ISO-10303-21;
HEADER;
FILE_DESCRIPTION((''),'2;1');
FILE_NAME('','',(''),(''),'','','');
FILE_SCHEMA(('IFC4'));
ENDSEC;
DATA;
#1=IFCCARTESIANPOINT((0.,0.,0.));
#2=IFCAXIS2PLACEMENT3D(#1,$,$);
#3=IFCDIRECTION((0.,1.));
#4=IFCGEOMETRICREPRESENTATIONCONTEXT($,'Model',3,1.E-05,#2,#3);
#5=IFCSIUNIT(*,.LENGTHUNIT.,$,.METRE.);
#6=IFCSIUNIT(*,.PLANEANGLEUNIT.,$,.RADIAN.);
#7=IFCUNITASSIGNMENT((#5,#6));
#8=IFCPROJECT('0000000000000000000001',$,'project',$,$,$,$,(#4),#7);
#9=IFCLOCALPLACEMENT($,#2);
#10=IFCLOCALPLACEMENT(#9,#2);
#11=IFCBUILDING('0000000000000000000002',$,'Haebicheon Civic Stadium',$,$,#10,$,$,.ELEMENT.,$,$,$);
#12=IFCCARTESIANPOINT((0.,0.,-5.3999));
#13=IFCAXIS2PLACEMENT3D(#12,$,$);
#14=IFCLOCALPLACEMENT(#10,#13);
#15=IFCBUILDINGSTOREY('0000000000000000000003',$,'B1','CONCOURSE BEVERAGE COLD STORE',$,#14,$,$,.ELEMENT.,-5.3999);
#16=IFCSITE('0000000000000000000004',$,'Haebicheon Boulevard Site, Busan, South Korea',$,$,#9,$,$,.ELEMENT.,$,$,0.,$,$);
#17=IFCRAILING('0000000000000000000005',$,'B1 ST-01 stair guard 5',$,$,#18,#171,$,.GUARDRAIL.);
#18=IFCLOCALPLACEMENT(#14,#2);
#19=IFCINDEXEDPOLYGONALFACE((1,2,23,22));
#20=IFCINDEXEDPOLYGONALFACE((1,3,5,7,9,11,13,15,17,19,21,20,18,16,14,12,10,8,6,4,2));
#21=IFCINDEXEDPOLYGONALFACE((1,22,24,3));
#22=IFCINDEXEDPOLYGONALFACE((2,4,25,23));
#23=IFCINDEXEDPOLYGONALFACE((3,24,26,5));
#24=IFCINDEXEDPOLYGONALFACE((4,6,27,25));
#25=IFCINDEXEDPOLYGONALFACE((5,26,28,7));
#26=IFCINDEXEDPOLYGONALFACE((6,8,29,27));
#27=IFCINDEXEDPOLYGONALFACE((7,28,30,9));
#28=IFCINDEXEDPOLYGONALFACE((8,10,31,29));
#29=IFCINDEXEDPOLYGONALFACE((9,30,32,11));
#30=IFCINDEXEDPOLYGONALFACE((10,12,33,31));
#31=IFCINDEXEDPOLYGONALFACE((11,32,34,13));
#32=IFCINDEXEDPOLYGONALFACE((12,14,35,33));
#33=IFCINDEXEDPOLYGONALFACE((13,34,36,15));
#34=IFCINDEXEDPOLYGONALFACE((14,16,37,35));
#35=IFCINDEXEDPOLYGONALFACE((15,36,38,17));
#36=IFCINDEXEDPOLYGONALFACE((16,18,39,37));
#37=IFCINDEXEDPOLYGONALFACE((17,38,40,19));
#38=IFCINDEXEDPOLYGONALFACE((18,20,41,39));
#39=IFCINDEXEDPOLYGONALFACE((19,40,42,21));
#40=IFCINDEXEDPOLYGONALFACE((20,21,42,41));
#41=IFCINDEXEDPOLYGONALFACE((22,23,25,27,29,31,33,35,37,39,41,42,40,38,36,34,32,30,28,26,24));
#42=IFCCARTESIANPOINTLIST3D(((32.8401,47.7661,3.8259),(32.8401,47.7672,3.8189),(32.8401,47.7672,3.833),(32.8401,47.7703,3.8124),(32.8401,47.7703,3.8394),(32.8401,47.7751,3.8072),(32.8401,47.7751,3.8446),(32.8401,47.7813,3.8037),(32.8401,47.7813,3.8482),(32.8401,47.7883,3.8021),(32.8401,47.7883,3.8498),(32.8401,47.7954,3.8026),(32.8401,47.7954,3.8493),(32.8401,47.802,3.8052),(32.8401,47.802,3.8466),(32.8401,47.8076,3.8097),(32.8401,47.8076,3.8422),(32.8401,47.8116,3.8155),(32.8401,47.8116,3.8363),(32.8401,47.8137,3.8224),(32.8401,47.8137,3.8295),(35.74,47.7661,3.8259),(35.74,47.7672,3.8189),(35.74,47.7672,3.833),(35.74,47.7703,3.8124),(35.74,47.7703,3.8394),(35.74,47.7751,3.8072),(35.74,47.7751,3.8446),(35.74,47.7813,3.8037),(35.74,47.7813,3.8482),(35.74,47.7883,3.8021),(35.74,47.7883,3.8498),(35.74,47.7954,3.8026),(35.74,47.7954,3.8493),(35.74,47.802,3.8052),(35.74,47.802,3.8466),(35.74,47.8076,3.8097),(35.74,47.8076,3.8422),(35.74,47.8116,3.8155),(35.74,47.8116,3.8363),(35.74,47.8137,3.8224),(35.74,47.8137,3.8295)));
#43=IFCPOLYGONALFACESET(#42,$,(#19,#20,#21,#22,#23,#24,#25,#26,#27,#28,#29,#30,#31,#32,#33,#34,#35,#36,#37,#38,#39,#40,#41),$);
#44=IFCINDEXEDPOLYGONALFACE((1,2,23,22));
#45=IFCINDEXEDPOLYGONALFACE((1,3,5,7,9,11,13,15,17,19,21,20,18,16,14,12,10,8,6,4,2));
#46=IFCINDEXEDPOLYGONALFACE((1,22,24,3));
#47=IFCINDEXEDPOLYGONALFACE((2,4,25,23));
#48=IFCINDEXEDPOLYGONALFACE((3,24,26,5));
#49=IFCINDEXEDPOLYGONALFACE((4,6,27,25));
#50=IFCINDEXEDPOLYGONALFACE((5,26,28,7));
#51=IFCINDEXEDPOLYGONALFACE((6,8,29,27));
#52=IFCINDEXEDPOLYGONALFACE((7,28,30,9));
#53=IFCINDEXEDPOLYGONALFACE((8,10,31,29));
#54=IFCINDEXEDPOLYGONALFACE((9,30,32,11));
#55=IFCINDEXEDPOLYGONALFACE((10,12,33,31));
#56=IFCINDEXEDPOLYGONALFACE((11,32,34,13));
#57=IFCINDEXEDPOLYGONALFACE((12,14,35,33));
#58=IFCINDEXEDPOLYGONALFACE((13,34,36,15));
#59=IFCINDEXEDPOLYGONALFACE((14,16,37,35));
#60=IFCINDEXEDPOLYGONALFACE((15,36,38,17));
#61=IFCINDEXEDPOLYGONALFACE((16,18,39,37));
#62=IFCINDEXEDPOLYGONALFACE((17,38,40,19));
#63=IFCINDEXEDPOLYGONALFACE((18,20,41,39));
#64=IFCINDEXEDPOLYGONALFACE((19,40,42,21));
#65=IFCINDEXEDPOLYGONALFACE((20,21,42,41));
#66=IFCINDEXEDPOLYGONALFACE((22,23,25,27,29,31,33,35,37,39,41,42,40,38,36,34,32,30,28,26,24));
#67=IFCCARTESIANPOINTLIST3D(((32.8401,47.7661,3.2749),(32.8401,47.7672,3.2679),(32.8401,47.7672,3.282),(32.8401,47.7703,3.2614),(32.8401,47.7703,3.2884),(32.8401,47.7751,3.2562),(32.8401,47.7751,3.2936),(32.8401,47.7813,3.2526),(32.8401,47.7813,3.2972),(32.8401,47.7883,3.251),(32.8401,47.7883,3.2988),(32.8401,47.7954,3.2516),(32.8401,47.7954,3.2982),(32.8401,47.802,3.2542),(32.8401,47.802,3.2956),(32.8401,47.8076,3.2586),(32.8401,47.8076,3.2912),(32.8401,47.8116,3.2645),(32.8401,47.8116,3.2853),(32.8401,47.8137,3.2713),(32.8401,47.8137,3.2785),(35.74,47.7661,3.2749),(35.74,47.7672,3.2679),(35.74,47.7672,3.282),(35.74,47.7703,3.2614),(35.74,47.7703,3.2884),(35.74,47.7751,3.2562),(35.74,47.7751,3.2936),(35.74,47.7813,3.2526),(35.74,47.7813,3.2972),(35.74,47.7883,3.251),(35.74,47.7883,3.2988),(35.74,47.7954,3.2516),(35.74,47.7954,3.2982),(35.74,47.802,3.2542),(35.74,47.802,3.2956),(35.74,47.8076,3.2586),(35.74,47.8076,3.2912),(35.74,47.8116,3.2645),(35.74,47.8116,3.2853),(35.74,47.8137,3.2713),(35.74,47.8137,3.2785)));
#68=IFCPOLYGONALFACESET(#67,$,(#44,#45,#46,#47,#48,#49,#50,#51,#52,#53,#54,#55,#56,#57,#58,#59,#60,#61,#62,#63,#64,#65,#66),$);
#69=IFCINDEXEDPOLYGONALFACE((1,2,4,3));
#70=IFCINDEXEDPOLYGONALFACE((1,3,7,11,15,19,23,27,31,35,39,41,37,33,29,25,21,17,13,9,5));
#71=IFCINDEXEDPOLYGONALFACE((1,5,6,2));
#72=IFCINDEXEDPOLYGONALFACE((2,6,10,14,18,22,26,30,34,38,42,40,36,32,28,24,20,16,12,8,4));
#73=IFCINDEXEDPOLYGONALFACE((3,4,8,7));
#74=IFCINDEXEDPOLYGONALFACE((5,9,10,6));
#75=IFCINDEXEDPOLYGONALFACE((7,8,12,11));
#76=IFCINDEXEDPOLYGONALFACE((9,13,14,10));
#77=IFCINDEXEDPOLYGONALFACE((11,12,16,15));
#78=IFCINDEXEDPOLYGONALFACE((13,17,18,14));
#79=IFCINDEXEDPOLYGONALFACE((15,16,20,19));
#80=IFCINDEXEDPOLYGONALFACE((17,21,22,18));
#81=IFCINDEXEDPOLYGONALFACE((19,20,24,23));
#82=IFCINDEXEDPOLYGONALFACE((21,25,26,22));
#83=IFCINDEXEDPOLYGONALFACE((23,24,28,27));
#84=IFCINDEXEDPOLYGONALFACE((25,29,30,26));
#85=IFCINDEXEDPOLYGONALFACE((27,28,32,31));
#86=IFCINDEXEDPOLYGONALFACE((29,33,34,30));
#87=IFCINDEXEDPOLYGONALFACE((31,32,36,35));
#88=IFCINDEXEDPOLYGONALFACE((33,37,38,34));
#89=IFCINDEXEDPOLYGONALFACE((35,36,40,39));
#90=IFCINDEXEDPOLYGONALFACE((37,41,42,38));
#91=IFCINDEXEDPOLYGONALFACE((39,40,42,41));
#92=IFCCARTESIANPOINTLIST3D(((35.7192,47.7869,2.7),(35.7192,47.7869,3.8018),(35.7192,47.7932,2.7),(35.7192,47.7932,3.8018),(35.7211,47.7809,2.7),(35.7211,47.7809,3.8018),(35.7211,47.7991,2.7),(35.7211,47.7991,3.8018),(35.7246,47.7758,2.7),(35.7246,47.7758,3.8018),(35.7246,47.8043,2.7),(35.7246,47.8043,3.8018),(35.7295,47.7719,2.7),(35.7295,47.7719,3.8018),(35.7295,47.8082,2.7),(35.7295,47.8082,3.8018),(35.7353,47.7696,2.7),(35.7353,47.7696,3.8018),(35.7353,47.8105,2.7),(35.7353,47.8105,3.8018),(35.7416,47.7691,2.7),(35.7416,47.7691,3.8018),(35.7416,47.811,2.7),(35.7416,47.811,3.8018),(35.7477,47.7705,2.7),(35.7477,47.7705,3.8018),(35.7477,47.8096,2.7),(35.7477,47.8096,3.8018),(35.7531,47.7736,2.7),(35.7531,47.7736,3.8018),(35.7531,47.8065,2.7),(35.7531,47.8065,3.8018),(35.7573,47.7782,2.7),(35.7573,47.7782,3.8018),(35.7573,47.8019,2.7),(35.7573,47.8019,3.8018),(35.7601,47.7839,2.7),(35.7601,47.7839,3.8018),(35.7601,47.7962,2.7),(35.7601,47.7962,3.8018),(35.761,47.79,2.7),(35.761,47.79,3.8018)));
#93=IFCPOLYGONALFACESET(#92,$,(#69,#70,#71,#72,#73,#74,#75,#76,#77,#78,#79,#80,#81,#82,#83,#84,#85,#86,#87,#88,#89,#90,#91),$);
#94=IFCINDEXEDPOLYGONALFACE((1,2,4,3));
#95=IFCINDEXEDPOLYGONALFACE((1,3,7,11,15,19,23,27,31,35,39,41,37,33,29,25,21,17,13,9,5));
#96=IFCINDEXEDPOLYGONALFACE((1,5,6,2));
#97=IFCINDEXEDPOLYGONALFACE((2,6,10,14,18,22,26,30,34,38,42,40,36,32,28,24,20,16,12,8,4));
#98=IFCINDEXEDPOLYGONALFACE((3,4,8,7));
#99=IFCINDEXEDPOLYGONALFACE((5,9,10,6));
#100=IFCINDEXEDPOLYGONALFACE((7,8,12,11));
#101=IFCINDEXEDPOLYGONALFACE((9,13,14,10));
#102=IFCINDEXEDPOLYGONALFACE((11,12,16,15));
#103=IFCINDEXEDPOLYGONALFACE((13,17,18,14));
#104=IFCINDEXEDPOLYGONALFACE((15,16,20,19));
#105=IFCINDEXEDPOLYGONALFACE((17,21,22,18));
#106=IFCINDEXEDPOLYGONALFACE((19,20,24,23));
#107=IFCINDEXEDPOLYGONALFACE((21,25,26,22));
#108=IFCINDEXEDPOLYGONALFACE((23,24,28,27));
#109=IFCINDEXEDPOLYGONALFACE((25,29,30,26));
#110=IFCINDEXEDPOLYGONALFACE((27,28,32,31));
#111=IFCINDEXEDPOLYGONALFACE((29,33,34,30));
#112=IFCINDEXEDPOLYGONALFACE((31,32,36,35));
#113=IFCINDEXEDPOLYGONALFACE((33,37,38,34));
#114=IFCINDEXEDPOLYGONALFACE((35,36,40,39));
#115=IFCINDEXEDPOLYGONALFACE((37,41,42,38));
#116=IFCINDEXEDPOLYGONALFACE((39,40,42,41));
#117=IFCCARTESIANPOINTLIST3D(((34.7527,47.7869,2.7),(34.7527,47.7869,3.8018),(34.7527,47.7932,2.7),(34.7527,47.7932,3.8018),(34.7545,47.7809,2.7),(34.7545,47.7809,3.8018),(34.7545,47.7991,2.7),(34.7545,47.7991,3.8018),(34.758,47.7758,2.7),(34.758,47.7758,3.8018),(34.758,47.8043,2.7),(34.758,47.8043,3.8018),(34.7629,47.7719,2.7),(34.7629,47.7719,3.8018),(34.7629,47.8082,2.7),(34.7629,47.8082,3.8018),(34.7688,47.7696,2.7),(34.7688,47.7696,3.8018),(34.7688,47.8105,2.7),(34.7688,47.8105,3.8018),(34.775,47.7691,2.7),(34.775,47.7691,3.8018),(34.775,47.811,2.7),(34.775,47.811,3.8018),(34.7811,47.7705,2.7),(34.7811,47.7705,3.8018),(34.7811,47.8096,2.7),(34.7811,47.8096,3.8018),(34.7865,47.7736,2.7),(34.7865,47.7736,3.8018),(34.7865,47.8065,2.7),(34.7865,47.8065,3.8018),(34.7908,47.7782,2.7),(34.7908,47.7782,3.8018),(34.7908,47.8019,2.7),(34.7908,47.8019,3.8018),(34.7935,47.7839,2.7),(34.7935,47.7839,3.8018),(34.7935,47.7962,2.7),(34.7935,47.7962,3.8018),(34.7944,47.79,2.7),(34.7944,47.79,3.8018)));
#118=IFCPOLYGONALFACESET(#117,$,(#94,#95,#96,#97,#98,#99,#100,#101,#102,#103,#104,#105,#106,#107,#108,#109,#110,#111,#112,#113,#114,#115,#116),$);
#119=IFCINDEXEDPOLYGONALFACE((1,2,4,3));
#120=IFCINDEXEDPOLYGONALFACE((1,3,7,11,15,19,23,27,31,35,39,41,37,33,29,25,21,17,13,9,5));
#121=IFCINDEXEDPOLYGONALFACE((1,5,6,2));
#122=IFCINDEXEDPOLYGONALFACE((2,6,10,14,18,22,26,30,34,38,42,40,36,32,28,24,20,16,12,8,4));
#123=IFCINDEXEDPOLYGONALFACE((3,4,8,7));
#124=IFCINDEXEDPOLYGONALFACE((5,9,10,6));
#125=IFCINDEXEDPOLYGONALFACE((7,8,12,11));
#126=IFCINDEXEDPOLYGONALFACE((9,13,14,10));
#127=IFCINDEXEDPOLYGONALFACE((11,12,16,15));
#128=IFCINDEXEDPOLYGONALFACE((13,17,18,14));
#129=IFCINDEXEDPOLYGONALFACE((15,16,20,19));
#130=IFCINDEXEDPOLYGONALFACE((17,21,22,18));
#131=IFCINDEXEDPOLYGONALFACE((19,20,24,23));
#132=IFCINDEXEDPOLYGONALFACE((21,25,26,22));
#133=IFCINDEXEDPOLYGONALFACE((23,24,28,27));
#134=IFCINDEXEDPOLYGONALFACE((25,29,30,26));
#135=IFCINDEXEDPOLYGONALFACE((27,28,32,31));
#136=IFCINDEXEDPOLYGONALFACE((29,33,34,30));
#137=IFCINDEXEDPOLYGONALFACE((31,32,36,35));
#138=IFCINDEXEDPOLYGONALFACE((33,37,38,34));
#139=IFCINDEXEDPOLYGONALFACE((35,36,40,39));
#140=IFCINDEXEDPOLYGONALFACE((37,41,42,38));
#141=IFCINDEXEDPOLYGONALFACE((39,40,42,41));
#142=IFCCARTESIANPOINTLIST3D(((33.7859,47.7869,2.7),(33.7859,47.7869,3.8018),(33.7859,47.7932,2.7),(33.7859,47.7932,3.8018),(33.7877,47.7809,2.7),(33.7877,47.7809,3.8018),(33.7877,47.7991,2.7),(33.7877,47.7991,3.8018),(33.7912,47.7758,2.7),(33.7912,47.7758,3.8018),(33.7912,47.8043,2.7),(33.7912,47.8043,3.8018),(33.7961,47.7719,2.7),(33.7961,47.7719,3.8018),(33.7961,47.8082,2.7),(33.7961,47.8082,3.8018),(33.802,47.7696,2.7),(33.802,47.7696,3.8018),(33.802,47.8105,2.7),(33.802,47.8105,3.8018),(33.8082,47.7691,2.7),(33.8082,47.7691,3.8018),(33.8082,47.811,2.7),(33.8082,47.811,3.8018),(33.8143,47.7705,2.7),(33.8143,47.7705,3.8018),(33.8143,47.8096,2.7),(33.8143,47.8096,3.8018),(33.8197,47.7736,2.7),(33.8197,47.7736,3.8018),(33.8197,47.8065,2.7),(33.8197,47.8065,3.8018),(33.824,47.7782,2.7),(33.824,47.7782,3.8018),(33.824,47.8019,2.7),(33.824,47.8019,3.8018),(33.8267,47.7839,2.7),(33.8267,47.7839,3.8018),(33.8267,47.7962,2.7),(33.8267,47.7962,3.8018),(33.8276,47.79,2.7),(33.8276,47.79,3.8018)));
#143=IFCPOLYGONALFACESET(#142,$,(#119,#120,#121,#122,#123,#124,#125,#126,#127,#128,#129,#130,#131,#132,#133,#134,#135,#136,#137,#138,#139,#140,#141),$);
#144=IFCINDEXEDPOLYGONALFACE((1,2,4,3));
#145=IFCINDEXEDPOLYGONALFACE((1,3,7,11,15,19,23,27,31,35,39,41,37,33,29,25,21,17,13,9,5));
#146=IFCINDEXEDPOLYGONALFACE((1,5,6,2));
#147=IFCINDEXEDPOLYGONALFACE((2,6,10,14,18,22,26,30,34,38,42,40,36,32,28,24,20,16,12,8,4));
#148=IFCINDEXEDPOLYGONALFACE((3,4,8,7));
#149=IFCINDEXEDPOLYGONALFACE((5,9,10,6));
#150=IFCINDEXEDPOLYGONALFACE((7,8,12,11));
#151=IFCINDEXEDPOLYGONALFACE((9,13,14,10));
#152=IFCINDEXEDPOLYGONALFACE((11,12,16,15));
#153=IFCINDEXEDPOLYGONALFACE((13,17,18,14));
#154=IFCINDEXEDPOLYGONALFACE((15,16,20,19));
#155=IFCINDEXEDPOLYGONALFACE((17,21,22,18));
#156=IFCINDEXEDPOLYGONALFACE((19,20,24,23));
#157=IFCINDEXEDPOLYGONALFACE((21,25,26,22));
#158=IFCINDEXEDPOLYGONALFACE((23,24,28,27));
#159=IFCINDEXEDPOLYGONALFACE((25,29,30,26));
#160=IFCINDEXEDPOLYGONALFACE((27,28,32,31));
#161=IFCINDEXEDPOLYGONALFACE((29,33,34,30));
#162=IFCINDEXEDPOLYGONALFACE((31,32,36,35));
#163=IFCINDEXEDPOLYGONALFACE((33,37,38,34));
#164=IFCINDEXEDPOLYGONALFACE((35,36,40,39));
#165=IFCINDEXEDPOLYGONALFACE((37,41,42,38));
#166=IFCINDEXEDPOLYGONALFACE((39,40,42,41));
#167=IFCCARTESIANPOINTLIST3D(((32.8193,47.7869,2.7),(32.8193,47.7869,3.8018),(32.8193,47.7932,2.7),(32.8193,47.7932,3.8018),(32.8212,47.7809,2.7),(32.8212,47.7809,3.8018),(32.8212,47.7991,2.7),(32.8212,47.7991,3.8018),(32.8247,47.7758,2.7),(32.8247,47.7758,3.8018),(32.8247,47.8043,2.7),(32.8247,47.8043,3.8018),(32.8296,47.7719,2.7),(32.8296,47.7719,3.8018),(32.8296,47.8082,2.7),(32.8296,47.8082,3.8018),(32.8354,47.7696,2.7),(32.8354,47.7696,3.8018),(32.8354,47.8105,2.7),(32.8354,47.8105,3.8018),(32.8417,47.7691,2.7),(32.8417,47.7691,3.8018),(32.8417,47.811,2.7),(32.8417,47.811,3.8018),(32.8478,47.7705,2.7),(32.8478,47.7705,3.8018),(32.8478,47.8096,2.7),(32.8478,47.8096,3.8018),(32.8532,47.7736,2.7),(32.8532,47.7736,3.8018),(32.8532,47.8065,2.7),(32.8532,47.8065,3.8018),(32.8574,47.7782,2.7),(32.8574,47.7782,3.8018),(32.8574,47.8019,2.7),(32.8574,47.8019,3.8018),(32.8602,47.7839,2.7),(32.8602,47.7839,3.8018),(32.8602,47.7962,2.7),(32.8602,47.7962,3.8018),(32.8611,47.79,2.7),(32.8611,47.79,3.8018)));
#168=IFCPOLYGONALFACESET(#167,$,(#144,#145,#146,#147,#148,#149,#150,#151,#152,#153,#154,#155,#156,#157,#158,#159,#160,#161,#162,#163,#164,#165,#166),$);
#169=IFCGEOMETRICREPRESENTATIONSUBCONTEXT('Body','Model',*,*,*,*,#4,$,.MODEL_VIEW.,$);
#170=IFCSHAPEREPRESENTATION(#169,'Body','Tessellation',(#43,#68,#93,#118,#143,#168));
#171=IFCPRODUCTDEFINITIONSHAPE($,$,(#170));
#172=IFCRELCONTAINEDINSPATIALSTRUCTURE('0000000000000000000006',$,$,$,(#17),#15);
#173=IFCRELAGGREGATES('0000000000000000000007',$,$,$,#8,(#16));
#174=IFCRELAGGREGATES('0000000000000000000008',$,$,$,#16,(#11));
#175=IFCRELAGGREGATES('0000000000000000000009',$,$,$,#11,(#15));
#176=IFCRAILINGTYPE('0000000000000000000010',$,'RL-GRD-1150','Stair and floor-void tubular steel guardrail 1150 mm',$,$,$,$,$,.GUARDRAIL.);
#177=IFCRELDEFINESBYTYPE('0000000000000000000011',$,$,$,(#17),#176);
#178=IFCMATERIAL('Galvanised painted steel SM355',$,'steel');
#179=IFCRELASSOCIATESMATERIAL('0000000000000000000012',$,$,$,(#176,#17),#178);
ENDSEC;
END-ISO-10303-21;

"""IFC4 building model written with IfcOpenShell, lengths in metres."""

from ifc_helpers import new_model, si_unit, direction, frame, origin, origin_2d, place, context, subcontext, project, spatial, circle, extrude, material, type_object, element, save


model = new_model("IFC4")

# Units and contexts
model_context = context("Model", 3, precision=1e-05, world=origin(), true_north=direction((0.0, 1.0)))
body_context = subcontext(model_context, "Body", "Model", "MODEL_VIEW")
ifc_project = project(units=[si_unit("LENGTHUNIT", "METRE"), si_unit("PLANEANGLEUNIT", "RADIAN")], contexts=[model_context])

# Site, building, storey
site_placement = place(None, origin())
site = spatial("IfcSite", under=ifc_project, at=site_placement, Name="Haebicheon Boulevard Site, Busan, South Korea", CompositionType="ELEMENT", RefElevation=0.0)
building_placement = place(site_placement, origin())
building = spatial("IfcBuilding", under=site, at=building_placement, Name="Haebicheon Civic Stadium", CompositionType="ELEMENT")
storey_placement = place(building_placement, frame((0.0, 0.0, -5.3999)))
storey = spatial("IfcBuildingStorey", under=building, at=storey_placement, Name="B1", Description="CONCOURSE BEVERAGE COLD STORE", CompositionType="ELEMENT", Elevation=-5.3999)

# Railing
ifc_material_1 = material(Name="Galvanised painted steel SM355", Category="steel")
railing_type = type_object("IfcRailingType", Name="RL-GRD-1150", Description="Stair and floor-void tubular steel guardrail 1150 mm", PredefinedType="GUARDRAIL", material=ifc_material_1)
railing_1_placement = place(storey_placement, frame((35.74, 47.79, 2.7)))
element("IfcRailing", 1, at=railing_1_placement, inside=storey, type_object=railing_type, material=ifc_material_1, Name="B1 ST-01 stair guard 5", PredefinedType="GUARDRAIL", context=body_context, shape_type="SweptSolid", body=[
    extrude(circle(Radius=0.0239, at=origin_2d()), frame((0.0, 0.0, 1.126), z_axis=(-1.0, 0.0, 0.0), x_axis=(0.0, -1.0, 0.0)), (0.0, 0.0, 1.0), 2.8999),
    extrude(circle(Radius=0.0239, at=origin_2d()), frame((0.0, 0.0, 0.575), z_axis=(-1.0, 0.0, 0.0), x_axis=(0.0, -1.0, 0.0)), (0.0, 0.0, 1.0), 2.8999),
    extrude(circle(Radius=0.021, at=origin_2d()), origin(), (0.0, 0.0, 1.0), 1.1018),
    extrude(circle(Radius=0.021, at=origin_2d()), frame((-0.9666, 0.0, 0.0)), (0.0, 0.0, 1.0), 1.1018),
    extrude(circle(Radius=0.021, at=origin_2d()), frame((-1.9333, 0.0, 0.0)), (0.0, 0.0, 1.0), 1.1018),
    extrude(circle(Radius=0.021, at=origin_2d()), frame((-2.8999, 0.0, 0.0)), (0.0, 0.0, 1.0), 1.1018),
])

save(model, "model.ifc")
